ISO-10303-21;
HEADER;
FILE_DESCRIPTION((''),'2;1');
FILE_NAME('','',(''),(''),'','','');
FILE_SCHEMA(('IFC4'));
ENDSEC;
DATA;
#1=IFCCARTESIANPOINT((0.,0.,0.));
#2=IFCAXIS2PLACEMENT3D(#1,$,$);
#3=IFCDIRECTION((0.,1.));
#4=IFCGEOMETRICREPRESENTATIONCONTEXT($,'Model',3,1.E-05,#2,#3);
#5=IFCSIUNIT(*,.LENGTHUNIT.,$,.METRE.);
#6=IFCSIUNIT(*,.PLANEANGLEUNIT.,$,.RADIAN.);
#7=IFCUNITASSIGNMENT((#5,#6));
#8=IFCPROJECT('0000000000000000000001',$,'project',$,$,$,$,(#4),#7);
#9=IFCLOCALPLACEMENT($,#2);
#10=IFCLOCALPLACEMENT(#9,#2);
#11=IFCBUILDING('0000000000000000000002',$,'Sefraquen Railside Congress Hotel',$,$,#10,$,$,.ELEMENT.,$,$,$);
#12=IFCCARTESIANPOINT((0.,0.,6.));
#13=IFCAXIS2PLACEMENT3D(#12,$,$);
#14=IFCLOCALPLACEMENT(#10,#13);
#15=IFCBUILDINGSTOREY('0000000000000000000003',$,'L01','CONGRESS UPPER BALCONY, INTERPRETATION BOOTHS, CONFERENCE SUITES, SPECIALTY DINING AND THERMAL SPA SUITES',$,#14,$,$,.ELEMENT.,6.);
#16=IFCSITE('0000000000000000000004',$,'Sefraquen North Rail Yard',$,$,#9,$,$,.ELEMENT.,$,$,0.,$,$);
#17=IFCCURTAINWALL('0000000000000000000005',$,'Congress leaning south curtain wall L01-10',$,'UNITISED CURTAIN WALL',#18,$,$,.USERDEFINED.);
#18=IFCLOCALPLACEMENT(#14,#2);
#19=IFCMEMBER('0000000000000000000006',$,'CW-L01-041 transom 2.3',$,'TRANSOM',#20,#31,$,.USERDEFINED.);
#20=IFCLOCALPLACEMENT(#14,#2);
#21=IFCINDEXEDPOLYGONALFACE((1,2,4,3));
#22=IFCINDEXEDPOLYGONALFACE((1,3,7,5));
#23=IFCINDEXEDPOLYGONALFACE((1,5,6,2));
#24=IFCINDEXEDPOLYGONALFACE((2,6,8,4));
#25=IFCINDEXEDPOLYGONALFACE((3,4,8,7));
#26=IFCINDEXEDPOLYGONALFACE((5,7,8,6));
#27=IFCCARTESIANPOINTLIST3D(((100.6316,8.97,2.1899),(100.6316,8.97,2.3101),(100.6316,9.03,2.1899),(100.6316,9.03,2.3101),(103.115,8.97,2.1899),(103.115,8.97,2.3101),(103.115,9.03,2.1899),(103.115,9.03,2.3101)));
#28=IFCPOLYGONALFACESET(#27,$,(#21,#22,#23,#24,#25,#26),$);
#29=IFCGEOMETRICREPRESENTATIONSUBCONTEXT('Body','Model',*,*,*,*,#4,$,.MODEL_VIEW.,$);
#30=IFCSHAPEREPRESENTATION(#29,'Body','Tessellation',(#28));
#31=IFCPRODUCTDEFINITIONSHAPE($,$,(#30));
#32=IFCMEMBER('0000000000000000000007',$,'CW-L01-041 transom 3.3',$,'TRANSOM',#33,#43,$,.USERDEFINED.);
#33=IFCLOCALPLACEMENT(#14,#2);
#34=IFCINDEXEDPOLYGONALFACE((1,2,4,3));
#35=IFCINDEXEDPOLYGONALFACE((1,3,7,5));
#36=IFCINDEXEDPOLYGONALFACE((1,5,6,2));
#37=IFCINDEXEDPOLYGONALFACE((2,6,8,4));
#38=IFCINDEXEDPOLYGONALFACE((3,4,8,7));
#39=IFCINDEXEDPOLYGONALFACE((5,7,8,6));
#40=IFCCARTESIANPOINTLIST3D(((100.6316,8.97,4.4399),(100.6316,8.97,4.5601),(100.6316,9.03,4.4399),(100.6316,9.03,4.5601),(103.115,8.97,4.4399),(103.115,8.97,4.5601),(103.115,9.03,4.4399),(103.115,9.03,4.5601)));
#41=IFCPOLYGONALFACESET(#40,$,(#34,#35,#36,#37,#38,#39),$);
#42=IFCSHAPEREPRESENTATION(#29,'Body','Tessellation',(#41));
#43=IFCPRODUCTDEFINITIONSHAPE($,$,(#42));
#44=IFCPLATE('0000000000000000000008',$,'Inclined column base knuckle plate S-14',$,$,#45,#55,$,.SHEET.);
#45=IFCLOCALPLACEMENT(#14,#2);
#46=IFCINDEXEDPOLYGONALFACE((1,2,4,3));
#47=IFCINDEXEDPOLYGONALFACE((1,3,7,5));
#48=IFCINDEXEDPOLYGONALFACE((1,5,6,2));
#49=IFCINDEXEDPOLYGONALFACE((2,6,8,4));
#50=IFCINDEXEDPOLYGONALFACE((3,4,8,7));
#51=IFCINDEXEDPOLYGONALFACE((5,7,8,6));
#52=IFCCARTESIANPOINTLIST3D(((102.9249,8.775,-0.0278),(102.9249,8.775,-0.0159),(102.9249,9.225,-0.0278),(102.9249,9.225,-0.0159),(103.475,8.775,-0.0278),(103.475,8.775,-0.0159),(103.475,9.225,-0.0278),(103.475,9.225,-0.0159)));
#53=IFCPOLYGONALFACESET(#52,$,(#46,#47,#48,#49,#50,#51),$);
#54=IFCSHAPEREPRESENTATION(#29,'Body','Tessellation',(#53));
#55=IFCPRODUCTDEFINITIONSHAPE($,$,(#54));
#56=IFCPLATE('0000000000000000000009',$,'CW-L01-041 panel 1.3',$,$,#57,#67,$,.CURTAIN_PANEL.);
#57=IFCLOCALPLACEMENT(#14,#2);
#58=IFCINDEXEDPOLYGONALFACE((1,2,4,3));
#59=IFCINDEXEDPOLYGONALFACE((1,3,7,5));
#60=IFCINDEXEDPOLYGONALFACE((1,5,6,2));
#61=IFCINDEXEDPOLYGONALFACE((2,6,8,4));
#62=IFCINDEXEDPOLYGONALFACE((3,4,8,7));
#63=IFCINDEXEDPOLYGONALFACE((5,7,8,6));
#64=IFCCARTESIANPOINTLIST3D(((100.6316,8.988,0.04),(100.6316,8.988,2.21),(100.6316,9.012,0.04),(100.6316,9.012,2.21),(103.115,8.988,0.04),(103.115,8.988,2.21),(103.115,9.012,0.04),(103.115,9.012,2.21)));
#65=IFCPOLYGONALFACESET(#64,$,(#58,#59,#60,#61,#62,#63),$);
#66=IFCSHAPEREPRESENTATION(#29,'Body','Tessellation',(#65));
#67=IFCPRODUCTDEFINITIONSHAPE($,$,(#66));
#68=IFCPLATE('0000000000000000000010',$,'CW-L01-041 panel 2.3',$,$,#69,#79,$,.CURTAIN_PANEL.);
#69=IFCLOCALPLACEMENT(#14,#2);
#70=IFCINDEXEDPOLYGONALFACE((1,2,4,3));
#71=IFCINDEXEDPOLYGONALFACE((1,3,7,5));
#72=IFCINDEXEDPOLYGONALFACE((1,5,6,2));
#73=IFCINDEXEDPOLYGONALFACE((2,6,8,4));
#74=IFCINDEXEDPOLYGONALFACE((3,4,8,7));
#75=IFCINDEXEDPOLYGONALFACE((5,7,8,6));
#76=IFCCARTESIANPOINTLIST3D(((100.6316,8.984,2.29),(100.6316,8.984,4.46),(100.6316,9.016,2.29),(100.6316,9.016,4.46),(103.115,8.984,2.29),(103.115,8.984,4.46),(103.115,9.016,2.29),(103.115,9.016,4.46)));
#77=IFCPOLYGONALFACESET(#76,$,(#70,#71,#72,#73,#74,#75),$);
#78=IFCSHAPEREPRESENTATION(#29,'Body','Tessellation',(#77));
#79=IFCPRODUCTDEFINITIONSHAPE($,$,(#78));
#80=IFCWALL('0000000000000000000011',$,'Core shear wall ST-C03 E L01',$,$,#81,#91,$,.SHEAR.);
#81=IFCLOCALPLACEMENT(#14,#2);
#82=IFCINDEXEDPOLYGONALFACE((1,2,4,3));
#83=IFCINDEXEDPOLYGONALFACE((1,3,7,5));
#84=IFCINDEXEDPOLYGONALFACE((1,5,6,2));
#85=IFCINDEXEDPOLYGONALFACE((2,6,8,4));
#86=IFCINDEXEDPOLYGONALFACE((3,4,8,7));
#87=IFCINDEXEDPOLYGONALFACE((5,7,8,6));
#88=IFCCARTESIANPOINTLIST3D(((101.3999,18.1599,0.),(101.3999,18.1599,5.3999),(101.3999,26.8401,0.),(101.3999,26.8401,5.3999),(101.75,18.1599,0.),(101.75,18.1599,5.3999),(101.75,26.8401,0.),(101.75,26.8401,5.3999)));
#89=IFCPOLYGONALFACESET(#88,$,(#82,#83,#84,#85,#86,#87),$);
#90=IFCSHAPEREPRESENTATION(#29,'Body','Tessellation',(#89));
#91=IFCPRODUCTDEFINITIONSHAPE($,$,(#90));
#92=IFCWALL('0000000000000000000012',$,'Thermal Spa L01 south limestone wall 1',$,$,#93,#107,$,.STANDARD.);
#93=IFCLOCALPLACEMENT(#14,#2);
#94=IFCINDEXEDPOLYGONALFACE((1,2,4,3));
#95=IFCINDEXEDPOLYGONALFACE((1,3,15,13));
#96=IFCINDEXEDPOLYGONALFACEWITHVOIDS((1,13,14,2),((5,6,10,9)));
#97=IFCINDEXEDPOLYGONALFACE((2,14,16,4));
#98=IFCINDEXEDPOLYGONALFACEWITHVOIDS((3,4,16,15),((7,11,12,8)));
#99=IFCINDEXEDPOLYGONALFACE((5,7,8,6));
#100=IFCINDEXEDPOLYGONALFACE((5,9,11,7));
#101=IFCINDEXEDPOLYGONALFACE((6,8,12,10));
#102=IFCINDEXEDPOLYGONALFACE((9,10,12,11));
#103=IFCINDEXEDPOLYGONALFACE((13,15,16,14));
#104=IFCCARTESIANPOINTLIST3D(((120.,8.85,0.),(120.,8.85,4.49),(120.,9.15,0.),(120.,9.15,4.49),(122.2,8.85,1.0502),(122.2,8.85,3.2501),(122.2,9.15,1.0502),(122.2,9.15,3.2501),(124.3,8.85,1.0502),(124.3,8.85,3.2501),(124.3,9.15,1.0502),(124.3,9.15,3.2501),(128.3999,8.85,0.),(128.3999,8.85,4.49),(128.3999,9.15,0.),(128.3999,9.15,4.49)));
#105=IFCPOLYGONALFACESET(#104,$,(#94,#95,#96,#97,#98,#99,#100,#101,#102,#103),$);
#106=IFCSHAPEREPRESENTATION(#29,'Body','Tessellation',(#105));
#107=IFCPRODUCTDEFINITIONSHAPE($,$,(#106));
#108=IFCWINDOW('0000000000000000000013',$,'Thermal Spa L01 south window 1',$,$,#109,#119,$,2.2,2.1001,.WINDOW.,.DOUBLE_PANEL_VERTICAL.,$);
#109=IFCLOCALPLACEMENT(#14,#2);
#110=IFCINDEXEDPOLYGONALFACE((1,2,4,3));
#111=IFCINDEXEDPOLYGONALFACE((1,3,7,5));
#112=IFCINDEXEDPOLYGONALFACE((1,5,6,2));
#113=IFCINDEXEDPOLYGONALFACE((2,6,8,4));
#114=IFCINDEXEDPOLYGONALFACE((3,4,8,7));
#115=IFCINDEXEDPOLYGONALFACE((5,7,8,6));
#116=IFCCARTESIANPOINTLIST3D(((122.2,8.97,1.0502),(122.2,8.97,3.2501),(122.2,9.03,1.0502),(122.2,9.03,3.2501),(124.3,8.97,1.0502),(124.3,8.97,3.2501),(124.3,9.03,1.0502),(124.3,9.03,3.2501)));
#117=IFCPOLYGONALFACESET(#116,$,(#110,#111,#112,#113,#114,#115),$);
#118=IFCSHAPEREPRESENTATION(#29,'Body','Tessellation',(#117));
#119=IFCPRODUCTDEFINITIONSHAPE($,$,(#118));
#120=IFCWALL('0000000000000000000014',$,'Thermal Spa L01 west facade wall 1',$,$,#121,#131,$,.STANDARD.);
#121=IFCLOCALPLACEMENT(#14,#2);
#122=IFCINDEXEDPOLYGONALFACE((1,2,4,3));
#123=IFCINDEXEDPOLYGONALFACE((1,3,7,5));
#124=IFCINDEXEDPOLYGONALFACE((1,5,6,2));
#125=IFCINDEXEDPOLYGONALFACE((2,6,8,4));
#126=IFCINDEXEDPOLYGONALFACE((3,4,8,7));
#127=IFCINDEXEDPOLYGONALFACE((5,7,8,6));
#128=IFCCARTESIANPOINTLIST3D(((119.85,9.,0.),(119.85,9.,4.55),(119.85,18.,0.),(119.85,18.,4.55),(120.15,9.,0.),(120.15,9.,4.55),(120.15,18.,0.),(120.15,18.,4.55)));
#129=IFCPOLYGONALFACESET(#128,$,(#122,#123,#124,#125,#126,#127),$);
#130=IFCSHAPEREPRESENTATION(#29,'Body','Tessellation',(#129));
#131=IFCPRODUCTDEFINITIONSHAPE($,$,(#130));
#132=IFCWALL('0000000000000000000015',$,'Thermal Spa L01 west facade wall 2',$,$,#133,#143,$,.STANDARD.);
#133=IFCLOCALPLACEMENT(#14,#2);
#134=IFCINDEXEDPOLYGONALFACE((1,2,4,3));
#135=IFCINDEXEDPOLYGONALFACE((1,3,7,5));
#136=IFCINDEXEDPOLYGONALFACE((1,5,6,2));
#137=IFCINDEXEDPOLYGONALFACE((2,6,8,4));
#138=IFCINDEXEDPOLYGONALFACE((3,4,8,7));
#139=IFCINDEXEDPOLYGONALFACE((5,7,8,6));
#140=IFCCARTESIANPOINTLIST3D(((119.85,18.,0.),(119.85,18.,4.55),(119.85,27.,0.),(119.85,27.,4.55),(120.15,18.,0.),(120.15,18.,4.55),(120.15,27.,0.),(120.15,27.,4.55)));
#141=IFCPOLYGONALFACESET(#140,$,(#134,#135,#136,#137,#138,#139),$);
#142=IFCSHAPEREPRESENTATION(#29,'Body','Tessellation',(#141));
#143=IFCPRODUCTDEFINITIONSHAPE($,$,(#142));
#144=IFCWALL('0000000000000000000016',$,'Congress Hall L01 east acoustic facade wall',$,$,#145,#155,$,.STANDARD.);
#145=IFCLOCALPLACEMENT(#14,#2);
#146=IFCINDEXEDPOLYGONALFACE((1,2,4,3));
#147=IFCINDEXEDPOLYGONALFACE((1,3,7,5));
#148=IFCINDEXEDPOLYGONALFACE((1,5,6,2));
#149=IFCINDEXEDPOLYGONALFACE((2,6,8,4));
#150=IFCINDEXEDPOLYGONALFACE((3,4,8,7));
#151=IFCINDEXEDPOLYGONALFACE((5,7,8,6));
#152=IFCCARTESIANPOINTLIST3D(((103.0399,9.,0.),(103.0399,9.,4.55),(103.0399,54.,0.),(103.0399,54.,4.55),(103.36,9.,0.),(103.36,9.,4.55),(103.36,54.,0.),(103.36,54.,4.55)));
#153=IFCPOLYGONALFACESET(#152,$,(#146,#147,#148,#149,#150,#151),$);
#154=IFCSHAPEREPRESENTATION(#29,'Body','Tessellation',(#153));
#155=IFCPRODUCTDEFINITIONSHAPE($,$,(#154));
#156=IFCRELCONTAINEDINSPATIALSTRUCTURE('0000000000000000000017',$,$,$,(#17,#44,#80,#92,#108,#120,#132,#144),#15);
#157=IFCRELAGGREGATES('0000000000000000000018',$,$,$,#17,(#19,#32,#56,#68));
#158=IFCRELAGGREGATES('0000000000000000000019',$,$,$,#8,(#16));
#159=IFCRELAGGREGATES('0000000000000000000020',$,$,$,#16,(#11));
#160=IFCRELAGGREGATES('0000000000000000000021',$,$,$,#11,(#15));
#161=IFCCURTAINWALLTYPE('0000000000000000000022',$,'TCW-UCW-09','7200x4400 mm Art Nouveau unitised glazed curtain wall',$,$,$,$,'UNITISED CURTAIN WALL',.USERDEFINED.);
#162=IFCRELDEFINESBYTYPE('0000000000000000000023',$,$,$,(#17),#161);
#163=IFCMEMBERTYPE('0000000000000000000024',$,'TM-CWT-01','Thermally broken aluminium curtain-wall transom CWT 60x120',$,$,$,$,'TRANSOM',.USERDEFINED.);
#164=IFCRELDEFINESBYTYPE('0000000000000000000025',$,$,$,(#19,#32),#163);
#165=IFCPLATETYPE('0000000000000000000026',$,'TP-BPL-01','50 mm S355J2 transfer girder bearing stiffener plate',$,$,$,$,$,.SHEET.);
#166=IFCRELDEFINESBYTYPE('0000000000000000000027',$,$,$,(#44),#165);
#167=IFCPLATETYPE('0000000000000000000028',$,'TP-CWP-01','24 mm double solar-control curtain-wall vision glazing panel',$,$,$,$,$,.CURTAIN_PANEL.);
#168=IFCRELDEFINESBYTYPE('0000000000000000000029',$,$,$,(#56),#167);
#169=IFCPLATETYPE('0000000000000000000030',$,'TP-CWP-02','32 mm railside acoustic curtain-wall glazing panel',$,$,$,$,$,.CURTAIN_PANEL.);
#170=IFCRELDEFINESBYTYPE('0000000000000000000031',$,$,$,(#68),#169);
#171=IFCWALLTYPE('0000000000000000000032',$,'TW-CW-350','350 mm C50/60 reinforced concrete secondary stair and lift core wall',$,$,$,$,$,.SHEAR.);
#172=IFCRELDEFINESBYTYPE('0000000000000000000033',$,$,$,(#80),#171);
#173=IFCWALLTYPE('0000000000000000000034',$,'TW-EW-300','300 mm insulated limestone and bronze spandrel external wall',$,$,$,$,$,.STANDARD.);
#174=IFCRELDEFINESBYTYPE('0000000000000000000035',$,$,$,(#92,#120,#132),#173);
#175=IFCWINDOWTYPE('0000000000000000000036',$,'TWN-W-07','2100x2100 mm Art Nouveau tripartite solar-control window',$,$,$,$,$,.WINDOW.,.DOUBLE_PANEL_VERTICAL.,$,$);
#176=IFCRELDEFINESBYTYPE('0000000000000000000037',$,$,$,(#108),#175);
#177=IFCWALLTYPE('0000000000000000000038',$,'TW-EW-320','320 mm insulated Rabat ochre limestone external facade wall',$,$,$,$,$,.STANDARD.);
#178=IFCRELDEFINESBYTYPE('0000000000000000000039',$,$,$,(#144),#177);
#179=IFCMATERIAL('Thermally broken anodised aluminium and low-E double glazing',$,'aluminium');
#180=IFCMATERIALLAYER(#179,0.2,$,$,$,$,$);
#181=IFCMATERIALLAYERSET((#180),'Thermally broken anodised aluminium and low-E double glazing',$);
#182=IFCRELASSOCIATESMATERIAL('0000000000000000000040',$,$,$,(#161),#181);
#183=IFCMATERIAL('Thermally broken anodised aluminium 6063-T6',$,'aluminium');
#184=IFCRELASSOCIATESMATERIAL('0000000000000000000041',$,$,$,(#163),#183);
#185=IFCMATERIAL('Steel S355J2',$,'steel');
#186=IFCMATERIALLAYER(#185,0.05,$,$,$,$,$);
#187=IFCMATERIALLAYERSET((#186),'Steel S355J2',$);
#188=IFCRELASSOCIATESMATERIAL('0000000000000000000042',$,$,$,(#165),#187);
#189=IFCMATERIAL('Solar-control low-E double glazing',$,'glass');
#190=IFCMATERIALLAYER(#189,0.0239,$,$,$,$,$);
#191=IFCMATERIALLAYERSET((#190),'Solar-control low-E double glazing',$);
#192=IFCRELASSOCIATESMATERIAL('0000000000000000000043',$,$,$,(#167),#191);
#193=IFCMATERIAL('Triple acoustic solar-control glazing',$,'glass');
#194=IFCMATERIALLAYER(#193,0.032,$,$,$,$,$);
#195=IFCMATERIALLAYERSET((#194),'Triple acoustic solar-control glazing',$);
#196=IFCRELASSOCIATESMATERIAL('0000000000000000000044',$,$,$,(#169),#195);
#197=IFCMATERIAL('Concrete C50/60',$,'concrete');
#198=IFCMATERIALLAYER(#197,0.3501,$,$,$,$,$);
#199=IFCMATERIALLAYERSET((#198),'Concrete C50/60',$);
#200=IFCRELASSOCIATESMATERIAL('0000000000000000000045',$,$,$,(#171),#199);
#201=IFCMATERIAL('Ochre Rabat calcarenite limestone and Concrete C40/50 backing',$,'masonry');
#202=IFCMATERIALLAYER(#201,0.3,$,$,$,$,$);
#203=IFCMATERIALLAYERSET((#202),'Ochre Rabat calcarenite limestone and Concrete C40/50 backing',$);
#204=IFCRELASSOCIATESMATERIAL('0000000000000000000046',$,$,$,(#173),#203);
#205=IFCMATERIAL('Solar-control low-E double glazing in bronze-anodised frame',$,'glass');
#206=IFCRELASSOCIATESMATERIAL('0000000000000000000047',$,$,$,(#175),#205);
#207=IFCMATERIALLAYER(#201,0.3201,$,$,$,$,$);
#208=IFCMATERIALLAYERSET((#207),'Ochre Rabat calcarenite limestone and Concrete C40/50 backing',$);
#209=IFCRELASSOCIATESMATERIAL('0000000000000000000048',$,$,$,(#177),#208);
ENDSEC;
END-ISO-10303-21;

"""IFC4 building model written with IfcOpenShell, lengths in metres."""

from ifc_helpers import new_model, si_unit, direction, frame, frame_2d, origin, origin_2d, place, context, subcontext, project, spatial, rectangle, extrude, material, layer, layer_set, material_profile, profile_set, type_object, element, fill, aggregate, save


model = new_model("IFC4")

# Units and contexts
model_context = context("Model", 3, precision=1e-05, world=origin(), true_north=direction((0.0, 1.0)))
body_context = subcontext(model_context, "Body", "Model", "MODEL_VIEW")
ifc_project = project(units=[si_unit("LENGTHUNIT", "METRE"), si_unit("PLANEANGLEUNIT", "RADIAN")], contexts=[model_context])

# Site, building, storey
site_placement = place(None, origin())
site = spatial("IfcSite", under=ifc_project, at=site_placement, Name="Sefraquen North Rail Yard", CompositionType="ELEMENT", RefElevation=0.0)
building_placement = place(site_placement, origin())
building = spatial("IfcBuilding", under=site, at=building_placement, Name="Sefraquen Railside Congress Hotel", CompositionType="ELEMENT")
storey_placement = place(building_placement, frame((0.0, 0.0, 6.0)))
storey = spatial("IfcBuildingStorey", under=building, at=storey_placement, Name="L01", Description="CONGRESS UPPER BALCONY, INTERPRETATION BOOTHS, CONFERENCE SUITES, SPECIALTY DINING AND THERMAL SPA SUITES", CompositionType="ELEMENT", Elevation=6.0)

# Shared definitions
ifc_material_1 = material(Name="Steel S355J2", Category="steel")

# Curtain wall, members
ifc_material_2 = material(Name="Thermally broken anodised aluminium and low-E double glazing", Category="aluminium")
ifc_layer_1 = layer(ifc_material_2, 0.2)
ifc_layer_set_1 = layer_set([ifc_layer_1], Name="Thermally broken anodised aluminium and low-E double glazing")
curtain_wall_type = type_object("IfcCurtainWallType", Name="TCW-UCW-09", Description="7200x4400 mm Art Nouveau unitised glazed curtain wall", ElementType="UNITISED CURTAIN WALL", PredefinedType="USERDEFINED", material=ifc_layer_set_1)
curtain_wall_placement = place(storey_placement, origin())
curtain_wall = element("IfcCurtainWall", 1, at=curtain_wall_placement, inside=storey, type_object=curtain_wall_type, Name="Congress leaning south curtain wall L01-10", ObjectType="UNITISED CURTAIN WALL", PredefinedType="USERDEFINED")
ifc_material_3 = material(Name="Thermally broken anodised aluminium 6063-T6", Category="aluminium")
ifc_material_profile_1 = material_profile(ifc_material_3, rectangle(XDim=0.0601, YDim=0.1201, at=origin_2d()), Name="CWT 60x120")
ifc_profile_set_1 = profile_set([ifc_material_profile_1], Name="Thermally broken anodised aluminium 6063-T6")
member_type_1 = type_object("IfcMemberType", Name="TM-CWT-01", Description="Thermally broken aluminium curtain-wall transom CWT 60x120", ElementType="TRANSOM", PredefinedType="USERDEFINED", material=ifc_profile_set_1)
member_1_placement = place(storey_placement, frame((100.6316, 9.0, 2.25), z_axis=(1.0, 0.0, 0.0), x_axis=(0.0, 1.0, 0.0)))
member_1 = element("IfcMember", 2, at=member_1_placement, type_object=member_type_1, Name="CW-L01-041 transom 2.3", ObjectType="TRANSOM", PredefinedType="USERDEFINED", context=body_context, shape_type="SweptSolid", body=[
    extrude(rectangle(XDim=0.0601, YDim=0.1201, at=origin_2d()), origin(), (0.0, 0.0, 1.0), 2.4834),
])
member_2_placement = place(storey_placement, frame((100.6316, 9.0, 4.5), z_axis=(1.0, 0.0, 0.0), x_axis=(0.0, 1.0, 0.0)))
member_2 = element("IfcMember", 3, at=member_2_placement, type_object=member_type_1, Name="CW-L01-041 transom 3.3", ObjectType="TRANSOM", PredefinedType="USERDEFINED", context=body_context, shape_type="SweptSolid", body=[
    extrude(rectangle(XDim=0.0601, YDim=0.1201, at=origin_2d()), origin(), (0.0, 0.0, 1.0), 2.4834),
])

# Plates
ifc_layer_2 = layer(ifc_material_1, 0.05)
ifc_layer_set_2 = layer_set([ifc_layer_2], Name="Steel S355J2")
plate_type_1 = type_object("IfcPlateType", Name="TP-BPL-01", Description="50 mm S355J2 transfer girder bearing stiffener plate", PredefinedType="SHEET", material=ifc_layer_set_2)
plate_1_placement = place(storey_placement, frame((103.2, 9.0, -0.0278), z_axis=(0.0, 0.0, 1.0), x_axis=(1.0, 0.0, 0.0)))
element("IfcPlate", 4, at=plate_1_placement, inside=storey, type_object=plate_type_1, Name="Inclined column base knuckle plate S-14", PredefinedType="SHEET", context=body_context, shape_type="SweptSolid", body=[
    extrude(rectangle(XDim=0.55, YDim=0.45, at=origin_2d()), origin(), (0.0, 0.0, 1.0), 0.012),
])
ifc_material_4 = material(Name="Solar-control low-E double glazing", Category="glass")
ifc_layer_3 = layer(ifc_material_4, 0.0239)
ifc_layer_set_3 = layer_set([ifc_layer_3], Name="Solar-control low-E double glazing")
plate_type_2 = type_object("IfcPlateType", Name="TP-CWP-01", Description="24 mm double solar-control curtain-wall vision glazing panel", PredefinedType="CURTAIN_PANEL", material=ifc_layer_set_3)
plate_2_placement = place(storey_placement, frame((101.8733, 9.0, 0.04), z_axis=(0.0, 0.0, 1.0), x_axis=(1.0, 0.0, 0.0)))
plate_2 = element("IfcPlate", 5, at=plate_2_placement, type_object=plate_type_2, Name="CW-L01-041 panel 1.3", PredefinedType="CURTAIN_PANEL", context=body_context, shape_type="SweptSolid", body=[
    extrude(rectangle(XDim=2.4834, YDim=0.0239, at=origin_2d()), origin(), (0.0, 0.0, 1.0), 2.1699),
])
ifc_material_5 = material(Name="Triple acoustic solar-control glazing", Category="glass")
ifc_layer_4 = layer(ifc_material_5, 0.032)
ifc_layer_set_4 = layer_set([ifc_layer_4], Name="Triple acoustic solar-control glazing")
plate_type_3 = type_object("IfcPlateType", Name="TP-CWP-02", Description="32 mm railside acoustic curtain-wall glazing panel", PredefinedType="CURTAIN_PANEL", material=ifc_layer_set_4)
plate_3_placement = place(storey_placement, frame((101.8733, 9.0, 2.29), z_axis=(0.0, 0.0, 1.0), x_axis=(1.0, 0.0, 0.0)))
plate_3 = element("IfcPlate", 6, at=plate_3_placement, type_object=plate_type_3, Name="CW-L01-041 panel 2.3", PredefinedType="CURTAIN_PANEL", context=body_context, shape_type="SweptSolid", body=[
    extrude(rectangle(XDim=2.4834, YDim=0.032, at=origin_2d()), origin(), (0.0, 0.0, 1.0), 2.1699),
])
aggregate(curtain_wall, [member_1, member_2, plate_2, plate_3])

# Wall
ifc_material_6 = material(Name="Concrete C50/60", Category="concrete")
ifc_layer_5 = layer(ifc_material_6, 0.3501)
ifc_layer_set_5 = layer_set([ifc_layer_5], Name="Concrete C50/60")
wall_type_1 = type_object("IfcWallType", Name="TW-CW-350", Description="350 mm C50/60 reinforced concrete secondary stair and lift core wall", PredefinedType="SHEAR", material=ifc_layer_set_5)
wall_1_placement = place(storey_placement, frame((101.575, 18.1599, 0.0), z_axis=(0.0, 0.0, 1.0), x_axis=(0.0, 1.0, 0.0)))
element("IfcWall", 7, at=wall_1_placement, inside=storey, type_object=wall_type_1, Name="Core shear wall ST-C03 E L01", PredefinedType="SHEAR", context=body_context, shape_type="SweptSolid", body=[
    extrude(rectangle(XDim=8.6802, YDim=0.3501, at=frame_2d((4.3401, 0.0))), origin(), (0.0, 0.0, 1.0), 5.3999),
])

# Wall, opening, window
ifc_material_7 = material(Name="Ochre Rabat calcarenite limestone and Concrete C40/50 backing", Category="masonry")
ifc_layer_6 = layer(ifc_material_7, 0.3)
ifc_layer_set_6 = layer_set([ifc_layer_6], Name="Ochre Rabat calcarenite limestone and Concrete C40/50 backing")
wall_type_2 = type_object("IfcWallType", Name="TW-EW-300", Description="300 mm insulated limestone and bronze spandrel external wall", PredefinedType="STANDARD", material=ifc_layer_set_6)
wall_2_placement = place(storey_placement, frame((120.0, 9.0, 0.0), z_axis=(0.0, 0.0, 1.0), x_axis=(1.0, 0.0, 0.0)))
wall_2 = element("IfcWall", 8, at=wall_2_placement, inside=storey, type_object=wall_type_2, Name="Thermal Spa L01 south limestone wall 1", PredefinedType="STANDARD", context=body_context, shape_type="SweptSolid", body=[
    extrude(rectangle(XDim=8.3999, YDim=0.3, at=frame_2d((4.2, 0.0))), origin(), (0.0, 0.0, 1.0), 4.49),
])
opening_placement = place(wall_2_placement, frame((2.2, 0.0, 1.05)))
opening = element("IfcOpeningElement", 9, at=opening_placement, cuts=wall_2, PredefinedType="OPENING", context=body_context, shape_type="SweptSolid", body=[
    extrude(rectangle(XDim=2.1001, YDim=2.2, at=frame_2d((1.05, 1.1001))), frame((0.0, 0.1599, 0.0), z_axis=(0.0, -1.0, 0.0), x_axis=(1.0, 0.0, 0.0)), (0.0, 0.0, 1.0), 0.3201),
])
ifc_material_8 = material(Name="Solar-control low-E double glazing in bronze-anodised frame", Category="glass")
window_type = type_object("IfcWindowType", Name="TWN-W-07", Description="2100x2100 mm Art Nouveau tripartite solar-control window", PartitioningType="DOUBLE_PANEL_VERTICAL", PredefinedType="WINDOW", material=ifc_material_8)
window_placement = place(opening_placement, origin())
window = element("IfcWindow", 10, at=window_placement, inside=storey, type_object=window_type, Name="Thermal Spa L01 south window 1", OverallHeight=2.2, OverallWidth=2.1001, PartitioningType="DOUBLE_PANEL_VERTICAL", PredefinedType="WINDOW", context=body_context, shape_type="SweptSolid", body=[
    extrude(rectangle(XDim=2.1001, YDim=2.2, at=frame_2d((1.05, 1.1001))), frame((0.0, 0.03, 0.0), z_axis=(0.0, -1.0, 0.0), x_axis=(1.0, 0.0, 0.0)), (0.0, 0.0, 1.0), 0.0601),
])
fill(opening, window)

# Walls
for number, where, z_axis, x_axis, name in (
    (11, (120.0, 9.0, 0.0), (0.0, 0.0, 1.0), (0.0, 1.0, 0.0), "Thermal Spa L01 west facade wall 1"),
    (12, (120.0, 18.0, 0.0), (0.0, 0.0, 1.0), (0.0, 1.0, 0.0), "Thermal Spa L01 west facade wall 2"),
):
    element("IfcWall", number, at=place(storey_placement, frame(where, z_axis=z_axis, x_axis=x_axis)), inside=storey, type_object=wall_type_2, Name=name, PredefinedType="STANDARD", context=body_context, shape_type="SweptSolid", body=[
        extrude(rectangle(XDim=9.0, YDim=0.3, at=frame_2d((4.5, 0.0))), origin(), (0.0, 0.0, 1.0), 4.55),
    ])
ifc_layer_7 = layer(ifc_material_7, 0.3201)
ifc_layer_set_7 = layer_set([ifc_layer_7], Name="Ochre Rabat calcarenite limestone and Concrete C40/50 backing")
wall_type_3 = type_object("IfcWallType", Name="TW-EW-320", Description="320 mm insulated Rabat ochre limestone external facade wall", PredefinedType="STANDARD", material=ifc_layer_set_7)
wall_3_placement = place(storey_placement, frame((103.2, 9.0, 0.0), z_axis=(0.0, 0.0, 1.0), x_axis=(0.0, 1.0, 0.0)))
element("IfcWall", 13, at=wall_3_placement, inside=storey, type_object=wall_type_3, Name="Congress Hall L01 east acoustic facade wall", PredefinedType="STANDARD", context=body_context, shape_type="SweptSolid", body=[
    extrude(rectangle(XDim=45.0, YDim=0.3201, at=frame_2d((22.5, 0.0))), origin(), (0.0, 0.0, 1.0), 4.55),
])

save(model, "model.ifc")
